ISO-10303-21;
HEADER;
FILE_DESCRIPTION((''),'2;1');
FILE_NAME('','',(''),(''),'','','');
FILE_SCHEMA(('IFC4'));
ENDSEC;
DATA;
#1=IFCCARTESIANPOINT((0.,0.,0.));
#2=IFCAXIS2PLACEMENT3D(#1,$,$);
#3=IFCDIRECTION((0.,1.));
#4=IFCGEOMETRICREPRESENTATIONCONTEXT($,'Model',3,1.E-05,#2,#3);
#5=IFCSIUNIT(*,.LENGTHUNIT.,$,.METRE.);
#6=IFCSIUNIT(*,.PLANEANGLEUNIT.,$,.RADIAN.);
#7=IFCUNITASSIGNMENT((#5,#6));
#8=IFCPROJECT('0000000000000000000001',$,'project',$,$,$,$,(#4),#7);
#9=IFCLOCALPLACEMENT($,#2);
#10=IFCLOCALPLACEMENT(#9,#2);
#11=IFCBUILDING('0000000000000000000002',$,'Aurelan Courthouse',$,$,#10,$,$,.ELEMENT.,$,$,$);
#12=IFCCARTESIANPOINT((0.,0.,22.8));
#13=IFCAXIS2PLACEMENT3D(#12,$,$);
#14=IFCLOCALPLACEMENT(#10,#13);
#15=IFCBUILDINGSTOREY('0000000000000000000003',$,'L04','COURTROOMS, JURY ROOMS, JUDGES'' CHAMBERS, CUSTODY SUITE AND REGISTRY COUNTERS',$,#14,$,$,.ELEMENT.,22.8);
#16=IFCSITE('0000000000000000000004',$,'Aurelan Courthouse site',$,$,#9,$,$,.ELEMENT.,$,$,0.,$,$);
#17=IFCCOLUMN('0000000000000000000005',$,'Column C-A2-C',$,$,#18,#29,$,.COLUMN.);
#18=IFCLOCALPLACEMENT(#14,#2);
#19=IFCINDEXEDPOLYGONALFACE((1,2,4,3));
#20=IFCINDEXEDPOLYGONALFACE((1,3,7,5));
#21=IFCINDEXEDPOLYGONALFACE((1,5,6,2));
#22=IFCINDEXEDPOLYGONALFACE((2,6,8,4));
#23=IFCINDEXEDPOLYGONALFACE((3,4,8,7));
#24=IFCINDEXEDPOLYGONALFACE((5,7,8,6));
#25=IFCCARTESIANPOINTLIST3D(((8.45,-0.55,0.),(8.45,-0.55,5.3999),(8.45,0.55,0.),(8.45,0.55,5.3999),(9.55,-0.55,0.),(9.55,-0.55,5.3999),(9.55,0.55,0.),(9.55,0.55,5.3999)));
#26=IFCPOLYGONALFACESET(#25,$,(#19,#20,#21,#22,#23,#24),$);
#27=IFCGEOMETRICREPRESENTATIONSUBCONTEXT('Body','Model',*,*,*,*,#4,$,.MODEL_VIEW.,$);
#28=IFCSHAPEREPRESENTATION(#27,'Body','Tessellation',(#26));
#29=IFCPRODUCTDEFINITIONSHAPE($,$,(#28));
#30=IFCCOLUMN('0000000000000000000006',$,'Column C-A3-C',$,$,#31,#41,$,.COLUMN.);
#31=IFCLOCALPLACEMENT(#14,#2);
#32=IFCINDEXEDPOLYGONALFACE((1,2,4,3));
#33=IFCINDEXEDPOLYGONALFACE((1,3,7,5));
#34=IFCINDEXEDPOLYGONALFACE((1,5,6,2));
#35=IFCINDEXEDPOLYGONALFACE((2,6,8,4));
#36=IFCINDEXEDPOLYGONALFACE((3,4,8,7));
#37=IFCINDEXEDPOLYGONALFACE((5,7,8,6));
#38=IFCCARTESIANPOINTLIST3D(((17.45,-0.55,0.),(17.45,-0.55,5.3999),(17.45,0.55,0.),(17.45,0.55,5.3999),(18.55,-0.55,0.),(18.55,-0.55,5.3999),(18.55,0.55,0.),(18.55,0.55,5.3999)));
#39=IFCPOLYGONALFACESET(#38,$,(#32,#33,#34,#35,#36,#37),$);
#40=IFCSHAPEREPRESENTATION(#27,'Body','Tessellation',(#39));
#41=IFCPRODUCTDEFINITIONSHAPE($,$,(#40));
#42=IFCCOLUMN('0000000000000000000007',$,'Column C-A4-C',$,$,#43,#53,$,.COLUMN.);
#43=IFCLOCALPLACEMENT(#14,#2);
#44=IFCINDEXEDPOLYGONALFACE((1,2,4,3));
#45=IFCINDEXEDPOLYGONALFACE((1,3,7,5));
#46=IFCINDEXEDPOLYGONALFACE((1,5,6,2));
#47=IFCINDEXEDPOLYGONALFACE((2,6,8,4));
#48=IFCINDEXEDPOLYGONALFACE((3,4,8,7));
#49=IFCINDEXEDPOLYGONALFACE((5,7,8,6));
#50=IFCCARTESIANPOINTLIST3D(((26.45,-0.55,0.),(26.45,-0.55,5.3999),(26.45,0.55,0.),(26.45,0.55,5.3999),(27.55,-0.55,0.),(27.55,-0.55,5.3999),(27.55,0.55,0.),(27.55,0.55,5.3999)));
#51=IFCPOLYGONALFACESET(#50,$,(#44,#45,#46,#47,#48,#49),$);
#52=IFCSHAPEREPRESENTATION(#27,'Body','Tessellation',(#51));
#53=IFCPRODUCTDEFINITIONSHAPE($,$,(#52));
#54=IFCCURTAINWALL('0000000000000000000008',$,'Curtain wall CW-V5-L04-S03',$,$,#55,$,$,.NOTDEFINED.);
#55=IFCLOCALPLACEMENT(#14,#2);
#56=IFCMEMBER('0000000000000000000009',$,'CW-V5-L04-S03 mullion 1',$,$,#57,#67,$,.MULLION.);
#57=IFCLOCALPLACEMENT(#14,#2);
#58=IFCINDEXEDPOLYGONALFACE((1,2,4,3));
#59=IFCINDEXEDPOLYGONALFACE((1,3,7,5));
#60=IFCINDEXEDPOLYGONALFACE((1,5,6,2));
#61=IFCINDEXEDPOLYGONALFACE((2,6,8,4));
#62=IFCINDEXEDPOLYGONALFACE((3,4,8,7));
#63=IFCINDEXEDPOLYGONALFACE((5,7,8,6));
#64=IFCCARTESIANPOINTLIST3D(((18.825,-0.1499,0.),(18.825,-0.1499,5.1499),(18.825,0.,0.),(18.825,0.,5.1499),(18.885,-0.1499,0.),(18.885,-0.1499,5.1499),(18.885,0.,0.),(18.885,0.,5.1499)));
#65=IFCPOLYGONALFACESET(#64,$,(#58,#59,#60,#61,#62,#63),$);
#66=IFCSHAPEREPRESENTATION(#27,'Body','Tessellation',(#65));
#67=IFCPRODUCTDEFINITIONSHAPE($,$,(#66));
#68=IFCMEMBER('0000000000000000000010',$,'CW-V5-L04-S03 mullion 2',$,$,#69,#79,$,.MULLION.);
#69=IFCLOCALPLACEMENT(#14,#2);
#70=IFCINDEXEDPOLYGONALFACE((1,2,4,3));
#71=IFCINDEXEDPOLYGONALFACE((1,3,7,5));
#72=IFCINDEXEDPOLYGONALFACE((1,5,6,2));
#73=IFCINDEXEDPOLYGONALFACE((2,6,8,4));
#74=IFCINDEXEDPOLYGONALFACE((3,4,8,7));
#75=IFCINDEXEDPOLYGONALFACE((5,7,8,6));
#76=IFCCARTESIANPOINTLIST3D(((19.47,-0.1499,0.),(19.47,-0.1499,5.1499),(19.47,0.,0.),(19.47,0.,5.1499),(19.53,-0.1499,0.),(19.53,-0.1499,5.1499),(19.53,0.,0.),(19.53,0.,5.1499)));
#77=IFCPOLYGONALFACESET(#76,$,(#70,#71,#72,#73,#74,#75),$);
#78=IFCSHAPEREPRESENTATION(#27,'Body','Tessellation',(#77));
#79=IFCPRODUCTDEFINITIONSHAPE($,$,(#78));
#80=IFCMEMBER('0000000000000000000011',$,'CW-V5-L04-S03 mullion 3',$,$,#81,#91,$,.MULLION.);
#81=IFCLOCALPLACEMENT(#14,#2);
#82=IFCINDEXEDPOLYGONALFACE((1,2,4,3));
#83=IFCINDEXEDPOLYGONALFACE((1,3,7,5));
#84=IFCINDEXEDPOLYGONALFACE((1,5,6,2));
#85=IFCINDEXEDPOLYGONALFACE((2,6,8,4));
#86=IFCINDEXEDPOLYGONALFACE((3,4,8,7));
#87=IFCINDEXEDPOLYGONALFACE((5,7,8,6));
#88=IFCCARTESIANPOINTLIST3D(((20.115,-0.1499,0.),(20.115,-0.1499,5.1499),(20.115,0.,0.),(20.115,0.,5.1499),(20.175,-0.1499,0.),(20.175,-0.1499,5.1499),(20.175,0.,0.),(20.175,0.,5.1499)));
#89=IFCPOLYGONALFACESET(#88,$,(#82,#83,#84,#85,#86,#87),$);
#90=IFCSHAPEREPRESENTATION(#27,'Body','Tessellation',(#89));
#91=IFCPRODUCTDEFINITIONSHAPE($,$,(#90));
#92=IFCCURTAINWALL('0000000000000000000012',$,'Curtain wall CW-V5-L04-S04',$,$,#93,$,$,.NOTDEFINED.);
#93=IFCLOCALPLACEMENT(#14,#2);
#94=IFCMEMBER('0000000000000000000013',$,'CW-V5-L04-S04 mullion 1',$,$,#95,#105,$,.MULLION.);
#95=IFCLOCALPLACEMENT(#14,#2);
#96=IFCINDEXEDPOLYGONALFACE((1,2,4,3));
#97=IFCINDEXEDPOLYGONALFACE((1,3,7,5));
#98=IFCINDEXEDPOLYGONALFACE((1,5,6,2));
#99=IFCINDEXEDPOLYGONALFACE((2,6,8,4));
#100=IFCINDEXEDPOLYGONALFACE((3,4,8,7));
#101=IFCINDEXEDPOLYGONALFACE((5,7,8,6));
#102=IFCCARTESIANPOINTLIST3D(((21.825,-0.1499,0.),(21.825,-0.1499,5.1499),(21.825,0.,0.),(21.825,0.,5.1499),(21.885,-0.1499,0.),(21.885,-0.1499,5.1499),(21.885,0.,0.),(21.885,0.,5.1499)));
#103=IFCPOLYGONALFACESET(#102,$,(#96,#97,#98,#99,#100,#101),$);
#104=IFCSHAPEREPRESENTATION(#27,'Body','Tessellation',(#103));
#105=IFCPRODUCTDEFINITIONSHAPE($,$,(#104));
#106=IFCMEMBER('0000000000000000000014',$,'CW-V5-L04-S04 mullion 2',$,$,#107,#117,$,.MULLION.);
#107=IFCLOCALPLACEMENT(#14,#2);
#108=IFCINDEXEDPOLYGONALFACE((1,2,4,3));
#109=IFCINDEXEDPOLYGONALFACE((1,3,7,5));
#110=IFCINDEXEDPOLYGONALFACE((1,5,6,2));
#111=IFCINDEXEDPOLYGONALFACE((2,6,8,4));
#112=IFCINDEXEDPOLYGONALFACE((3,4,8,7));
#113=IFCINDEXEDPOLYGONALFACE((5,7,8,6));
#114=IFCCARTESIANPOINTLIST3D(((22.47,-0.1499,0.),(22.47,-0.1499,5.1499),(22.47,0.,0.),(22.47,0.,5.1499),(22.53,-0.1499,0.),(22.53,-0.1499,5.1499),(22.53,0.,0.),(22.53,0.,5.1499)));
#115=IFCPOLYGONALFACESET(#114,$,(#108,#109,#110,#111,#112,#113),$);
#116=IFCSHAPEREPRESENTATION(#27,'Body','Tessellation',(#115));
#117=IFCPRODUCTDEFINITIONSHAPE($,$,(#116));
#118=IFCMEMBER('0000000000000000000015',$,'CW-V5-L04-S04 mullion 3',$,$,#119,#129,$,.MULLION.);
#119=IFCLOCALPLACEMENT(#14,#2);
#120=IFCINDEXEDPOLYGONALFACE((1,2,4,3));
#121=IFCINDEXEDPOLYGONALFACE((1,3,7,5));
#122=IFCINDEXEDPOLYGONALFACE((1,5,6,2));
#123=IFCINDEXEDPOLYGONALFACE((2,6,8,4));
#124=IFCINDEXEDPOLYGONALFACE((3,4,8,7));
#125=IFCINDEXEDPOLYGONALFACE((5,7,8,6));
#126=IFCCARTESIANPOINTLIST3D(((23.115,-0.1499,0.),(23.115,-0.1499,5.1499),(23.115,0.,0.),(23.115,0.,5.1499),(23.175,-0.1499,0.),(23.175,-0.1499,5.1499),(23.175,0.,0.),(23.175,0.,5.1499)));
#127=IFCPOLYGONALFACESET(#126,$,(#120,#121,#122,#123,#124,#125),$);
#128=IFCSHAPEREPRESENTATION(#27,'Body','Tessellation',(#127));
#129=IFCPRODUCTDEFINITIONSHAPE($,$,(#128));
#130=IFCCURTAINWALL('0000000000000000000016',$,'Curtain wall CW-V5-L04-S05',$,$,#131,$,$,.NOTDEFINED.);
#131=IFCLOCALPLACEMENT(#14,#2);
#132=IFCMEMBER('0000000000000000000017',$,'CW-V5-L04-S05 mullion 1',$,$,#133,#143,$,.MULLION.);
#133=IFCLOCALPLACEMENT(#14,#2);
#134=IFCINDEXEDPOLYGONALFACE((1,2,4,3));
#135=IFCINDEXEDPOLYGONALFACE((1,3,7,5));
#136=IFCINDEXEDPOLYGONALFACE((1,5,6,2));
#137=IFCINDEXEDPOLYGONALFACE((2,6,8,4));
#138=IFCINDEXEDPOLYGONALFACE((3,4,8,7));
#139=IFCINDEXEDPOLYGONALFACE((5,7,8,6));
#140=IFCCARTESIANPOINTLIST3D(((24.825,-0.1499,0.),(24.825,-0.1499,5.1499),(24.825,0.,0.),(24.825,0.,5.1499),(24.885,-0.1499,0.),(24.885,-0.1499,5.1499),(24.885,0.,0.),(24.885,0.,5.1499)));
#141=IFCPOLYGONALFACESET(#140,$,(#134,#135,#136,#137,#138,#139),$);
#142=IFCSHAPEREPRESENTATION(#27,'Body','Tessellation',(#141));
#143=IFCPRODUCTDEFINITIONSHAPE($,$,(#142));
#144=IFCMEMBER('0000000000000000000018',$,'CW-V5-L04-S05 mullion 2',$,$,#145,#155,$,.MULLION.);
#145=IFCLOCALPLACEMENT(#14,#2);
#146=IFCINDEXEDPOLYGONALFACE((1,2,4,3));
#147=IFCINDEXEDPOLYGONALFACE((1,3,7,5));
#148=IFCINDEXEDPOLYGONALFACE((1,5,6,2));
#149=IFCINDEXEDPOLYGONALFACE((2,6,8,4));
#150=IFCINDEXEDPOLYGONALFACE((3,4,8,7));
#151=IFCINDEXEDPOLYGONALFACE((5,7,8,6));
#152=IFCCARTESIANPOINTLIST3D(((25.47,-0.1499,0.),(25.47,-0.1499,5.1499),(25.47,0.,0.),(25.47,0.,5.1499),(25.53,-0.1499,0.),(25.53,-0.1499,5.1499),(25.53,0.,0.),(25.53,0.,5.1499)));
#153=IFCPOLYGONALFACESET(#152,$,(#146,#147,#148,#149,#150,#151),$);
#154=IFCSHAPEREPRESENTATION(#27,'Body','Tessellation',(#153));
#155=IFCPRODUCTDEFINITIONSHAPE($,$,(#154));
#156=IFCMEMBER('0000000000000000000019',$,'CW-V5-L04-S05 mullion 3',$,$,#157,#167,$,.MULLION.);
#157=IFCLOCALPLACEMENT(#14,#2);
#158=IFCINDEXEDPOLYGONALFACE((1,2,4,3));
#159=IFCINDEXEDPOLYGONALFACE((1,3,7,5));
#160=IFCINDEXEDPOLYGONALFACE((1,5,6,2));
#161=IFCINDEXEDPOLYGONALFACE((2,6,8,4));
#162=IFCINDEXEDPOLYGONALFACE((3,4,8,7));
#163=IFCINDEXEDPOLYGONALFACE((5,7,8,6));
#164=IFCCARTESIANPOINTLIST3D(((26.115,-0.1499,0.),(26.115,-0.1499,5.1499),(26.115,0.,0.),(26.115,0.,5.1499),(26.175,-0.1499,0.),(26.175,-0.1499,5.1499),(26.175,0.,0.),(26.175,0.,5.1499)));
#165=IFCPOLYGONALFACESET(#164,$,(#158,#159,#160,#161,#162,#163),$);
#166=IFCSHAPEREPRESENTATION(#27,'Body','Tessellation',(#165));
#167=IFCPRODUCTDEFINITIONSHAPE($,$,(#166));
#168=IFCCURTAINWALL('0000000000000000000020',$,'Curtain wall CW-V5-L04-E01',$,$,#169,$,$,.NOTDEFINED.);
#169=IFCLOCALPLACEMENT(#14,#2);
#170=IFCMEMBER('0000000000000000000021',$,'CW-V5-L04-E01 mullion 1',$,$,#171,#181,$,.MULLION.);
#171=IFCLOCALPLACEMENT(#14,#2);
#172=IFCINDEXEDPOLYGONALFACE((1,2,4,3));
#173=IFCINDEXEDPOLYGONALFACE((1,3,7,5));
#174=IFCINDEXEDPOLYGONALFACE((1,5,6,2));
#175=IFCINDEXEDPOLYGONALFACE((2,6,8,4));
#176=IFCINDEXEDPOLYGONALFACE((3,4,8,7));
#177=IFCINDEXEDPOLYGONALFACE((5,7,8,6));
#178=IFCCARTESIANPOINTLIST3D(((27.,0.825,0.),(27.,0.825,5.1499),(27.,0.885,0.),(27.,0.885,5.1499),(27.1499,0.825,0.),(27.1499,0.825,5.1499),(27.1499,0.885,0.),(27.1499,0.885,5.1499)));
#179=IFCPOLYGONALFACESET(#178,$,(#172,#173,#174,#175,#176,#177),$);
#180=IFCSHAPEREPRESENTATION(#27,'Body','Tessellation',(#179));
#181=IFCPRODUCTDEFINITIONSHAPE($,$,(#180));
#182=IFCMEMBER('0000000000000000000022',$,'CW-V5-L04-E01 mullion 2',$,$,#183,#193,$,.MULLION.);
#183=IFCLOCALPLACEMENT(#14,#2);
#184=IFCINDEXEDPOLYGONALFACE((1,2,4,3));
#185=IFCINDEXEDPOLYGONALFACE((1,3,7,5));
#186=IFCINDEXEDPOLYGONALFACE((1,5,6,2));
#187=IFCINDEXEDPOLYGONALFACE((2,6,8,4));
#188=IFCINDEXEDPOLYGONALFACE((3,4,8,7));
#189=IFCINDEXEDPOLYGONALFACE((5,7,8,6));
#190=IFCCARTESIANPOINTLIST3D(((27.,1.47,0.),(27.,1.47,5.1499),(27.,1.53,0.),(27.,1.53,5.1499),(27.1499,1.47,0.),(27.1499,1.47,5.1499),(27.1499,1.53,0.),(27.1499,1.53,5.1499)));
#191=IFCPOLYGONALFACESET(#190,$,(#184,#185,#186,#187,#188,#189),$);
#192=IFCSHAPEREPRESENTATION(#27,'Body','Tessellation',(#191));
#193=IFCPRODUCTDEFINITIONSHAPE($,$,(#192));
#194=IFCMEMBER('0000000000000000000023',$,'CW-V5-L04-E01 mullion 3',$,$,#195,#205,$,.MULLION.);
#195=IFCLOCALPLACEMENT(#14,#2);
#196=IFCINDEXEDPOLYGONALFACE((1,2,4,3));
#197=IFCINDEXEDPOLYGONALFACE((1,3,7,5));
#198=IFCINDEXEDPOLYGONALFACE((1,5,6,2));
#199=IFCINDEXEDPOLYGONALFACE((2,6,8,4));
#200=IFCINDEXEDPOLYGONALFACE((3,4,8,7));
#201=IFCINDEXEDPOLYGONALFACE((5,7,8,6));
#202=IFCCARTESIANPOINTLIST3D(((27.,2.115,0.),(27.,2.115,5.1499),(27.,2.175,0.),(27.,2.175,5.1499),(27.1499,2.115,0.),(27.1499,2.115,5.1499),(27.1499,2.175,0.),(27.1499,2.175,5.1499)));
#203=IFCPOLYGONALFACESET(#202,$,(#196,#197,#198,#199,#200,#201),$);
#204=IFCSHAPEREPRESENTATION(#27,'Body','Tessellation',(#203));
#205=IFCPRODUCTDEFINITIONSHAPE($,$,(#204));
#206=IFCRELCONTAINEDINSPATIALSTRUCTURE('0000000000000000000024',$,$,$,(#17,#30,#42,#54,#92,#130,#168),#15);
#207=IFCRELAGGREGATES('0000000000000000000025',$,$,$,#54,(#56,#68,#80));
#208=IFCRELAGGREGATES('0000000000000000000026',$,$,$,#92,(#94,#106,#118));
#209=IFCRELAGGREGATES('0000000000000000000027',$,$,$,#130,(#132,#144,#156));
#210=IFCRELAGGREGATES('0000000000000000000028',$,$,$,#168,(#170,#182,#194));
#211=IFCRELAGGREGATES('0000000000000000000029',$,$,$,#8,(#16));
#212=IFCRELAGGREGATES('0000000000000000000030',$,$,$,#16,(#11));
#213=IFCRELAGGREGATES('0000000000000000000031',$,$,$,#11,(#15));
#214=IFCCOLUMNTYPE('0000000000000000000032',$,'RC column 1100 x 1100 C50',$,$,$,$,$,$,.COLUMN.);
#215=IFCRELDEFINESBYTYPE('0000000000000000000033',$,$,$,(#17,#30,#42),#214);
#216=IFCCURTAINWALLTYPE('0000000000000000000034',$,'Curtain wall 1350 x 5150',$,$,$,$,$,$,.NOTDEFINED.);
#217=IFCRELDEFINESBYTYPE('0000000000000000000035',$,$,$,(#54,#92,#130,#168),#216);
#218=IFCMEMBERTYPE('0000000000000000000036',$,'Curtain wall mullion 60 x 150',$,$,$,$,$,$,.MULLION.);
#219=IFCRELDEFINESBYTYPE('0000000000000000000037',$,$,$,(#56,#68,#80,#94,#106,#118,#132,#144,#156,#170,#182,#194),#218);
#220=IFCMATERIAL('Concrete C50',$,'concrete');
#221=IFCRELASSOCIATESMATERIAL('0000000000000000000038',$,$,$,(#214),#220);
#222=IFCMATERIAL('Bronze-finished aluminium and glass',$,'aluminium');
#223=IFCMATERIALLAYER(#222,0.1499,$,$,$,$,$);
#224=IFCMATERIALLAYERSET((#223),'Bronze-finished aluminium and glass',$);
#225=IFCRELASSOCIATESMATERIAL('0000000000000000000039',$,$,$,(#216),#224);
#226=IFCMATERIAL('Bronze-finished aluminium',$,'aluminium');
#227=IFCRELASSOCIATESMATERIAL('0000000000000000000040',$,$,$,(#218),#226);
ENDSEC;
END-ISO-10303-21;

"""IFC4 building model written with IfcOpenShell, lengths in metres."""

from ifc_helpers import new_model, si_unit, direction, frame, origin, origin_2d, place, context, subcontext, project, spatial, rectangle, extrude, material, layer, layer_set, material_profile, profile_set, type_object, element, aggregate, save


model = new_model("IFC4")

# Units and contexts
model_context = context("Model", 3, precision=1e-05, world=origin(), true_north=direction((0.0, 1.0)))
body_context = subcontext(model_context, "Body", "Model", "MODEL_VIEW")
ifc_project = project(units=[si_unit("LENGTHUNIT", "METRE"), si_unit("PLANEANGLEUNIT", "RADIAN")], contexts=[model_context])

# Site, building, storey
site_placement = place(None, origin())
site = spatial("IfcSite", under=ifc_project, at=site_placement, Name="Aurelan Courthouse site", CompositionType="ELEMENT", RefElevation=0.0)
building_placement = place(site_placement, origin())
building = spatial("IfcBuilding", under=site, at=building_placement, Name="Aurelan Courthouse", CompositionType="ELEMENT")
storey_placement = place(building_placement, frame((0.0, 0.0, 22.8)))
storey = spatial("IfcBuildingStorey", under=building, at=storey_placement, Name="L04", Description="COURTROOMS, JURY ROOMS, JUDGES' CHAMBERS, CUSTODY SUITE AND REGISTRY COUNTERS", CompositionType="ELEMENT", Elevation=22.8)

# Columns
ifc_material_1 = material(Name="Concrete C50", Category="concrete")
ifc_material_profile_1 = material_profile(ifc_material_1, rectangle(XDim=1.1001, YDim=1.1001, at=origin_2d()), Name="RC 1100 x 1100")
ifc_profile_set_1 = profile_set([ifc_material_profile_1], Name="Concrete C50")
column_type = type_object("IfcColumnType", Name="RC column 1100 x 1100 C50", PredefinedType="COLUMN", material=ifc_profile_set_1)
for number, where, z_axis, x_axis, name in (
    (1, (9.0, 0.0, 0.0), (0.0, 0.0, 1.0), (1.0, 0.0, 0.0), "Column C-A2-C"),
    (2, (18.0, 0.0, 0.0), (0.0, 0.0, 1.0), (1.0, 0.0, 0.0), "Column C-A3-C"),
    (3, (27.0, 0.0, 0.0), (0.0, 0.0, 1.0), (1.0, 0.0, 0.0), "Column C-A4-C"),
):
    element("IfcColumn", number, at=place(storey_placement, frame(where, z_axis=z_axis, x_axis=x_axis)), inside=storey, type_object=column_type, Name=name, PredefinedType="COLUMN", context=body_context, shape_type="SweptSolid", body=[
        extrude(rectangle(XDim=1.1001, YDim=1.1001, at=origin_2d()), origin(), (0.0, 0.0, 1.0), 5.3999),
    ])

# Curtain walls, members
ifc_material_2 = material(Name="Bronze-finished aluminium and glass", Category="aluminium")
ifc_layer_1 = layer(ifc_material_2, 0.1499)
ifc_layer_set_1 = layer_set([ifc_layer_1], Name="Bronze-finished aluminium and glass")
curtain_wall_type = type_object("IfcCurtainWallType", Name="Curtain wall 1350 x 5150", PredefinedType="NOTDEFINED", material=ifc_layer_set_1)
curtain_wall_1_placement = place(storey_placement, origin())
curtain_wall_1 = element("IfcCurtainWall", 4, at=curtain_wall_1_placement, inside=storey, type_object=curtain_wall_type, Name="Curtain wall CW-V5-L04-S03", PredefinedType="NOTDEFINED")
ifc_material_3 = material(Name="Bronze-finished aluminium", Category="aluminium")
ifc_material_profile_2 = material_profile(ifc_material_3, rectangle(XDim=0.1499, YDim=0.0601, at=origin_2d()), Name="Bronze mullion 60 x 150")
ifc_profile_set_2 = profile_set([ifc_material_profile_2], Name="Bronze-finished aluminium")
member_type = type_object("IfcMemberType", Name="Curtain wall mullion 60 x 150", PredefinedType="MULLION", material=ifc_profile_set_2)
member_1_placement = place(storey_placement, frame((18.855, -0.075, 0.0), z_axis=(0.0, 0.0, 1.0), x_axis=(0.0, 1.0, 0.0)))
member_1 = element("IfcMember", 5, at=member_1_placement, type_object=member_type, Name="CW-V5-L04-S03 mullion 1", PredefinedType="MULLION", context=body_context, shape_type="SweptSolid", body=[
    extrude(rectangle(XDim=0.1499, YDim=0.0601, at=origin_2d()), origin(), (0.0, 0.0, 1.0), 5.1499),
])
member_2_placement = place(storey_placement, frame((19.5, -0.075, 0.0), z_axis=(0.0, 0.0, 1.0), x_axis=(0.0, 1.0, 0.0)))
member_2 = element("IfcMember", 6, at=member_2_placement, type_object=member_type, Name="CW-V5-L04-S03 mullion 2", PredefinedType="MULLION", context=body_context, shape_type="SweptSolid", body=[
    extrude(rectangle(XDim=0.1499, YDim=0.0601, at=origin_2d()), origin(), (0.0, 0.0, 1.0), 5.1499),
])
member_3_placement = place(storey_placement, frame((20.145, -0.075, 0.0), z_axis=(0.0, 0.0, 1.0), x_axis=(0.0, 1.0, 0.0)))
member_3 = element("IfcMember", 7, at=member_3_placement, type_object=member_type, Name="CW-V5-L04-S03 mullion 3", PredefinedType="MULLION", context=body_context, shape_type="SweptSolid", body=[
    extrude(rectangle(XDim=0.1499, YDim=0.0601, at=origin_2d()), origin(), (0.0, 0.0, 1.0), 5.1499),
])
aggregate(curtain_wall_1, [member_1, member_2, member_3])
curtain_wall_2_placement = place(storey_placement, origin())
curtain_wall_2 = element("IfcCurtainWall", 8, at=curtain_wall_2_placement, inside=storey, type_object=curtain_wall_type, Name="Curtain wall CW-V5-L04-S04", PredefinedType="NOTDEFINED")
member_4_placement = place(storey_placement, frame((21.855, -0.075, 0.0), z_axis=(0.0, 0.0, 1.0), x_axis=(0.0, 1.0, 0.0)))
member_4 = element("IfcMember", 9, at=member_4_placement, type_object=member_type, Name="CW-V5-L04-S04 mullion 1", PredefinedType="MULLION", context=body_context, shape_type="SweptSolid", body=[
    extrude(rectangle(XDim=0.1499, YDim=0.0601, at=origin_2d()), origin(), (0.0, 0.0, 1.0), 5.1499),
])
member_5_placement = place(storey_placement, frame((22.5, -0.075, 0.0), z_axis=(0.0, 0.0, 1.0), x_axis=(0.0, 1.0, 0.0)))
member_5 = element("IfcMember", 10, at=member_5_placement, type_object=member_type, Name="CW-V5-L04-S04 mullion 2", PredefinedType="MULLION", context=body_context, shape_type="SweptSolid", body=[
    extrude(rectangle(XDim=0.1499, YDim=0.0601, at=origin_2d()), origin(), (0.0, 0.0, 1.0), 5.1499),
])
member_6_placement = place(storey_placement, frame((23.145, -0.075, 0.0), z_axis=(0.0, 0.0, 1.0), x_axis=(0.0, 1.0, 0.0)))
member_6 = element("IfcMember", 11, at=member_6_placement, type_object=member_type, Name="CW-V5-L04-S04 mullion 3", PredefinedType="MULLION", context=body_context, shape_type="SweptSolid", body=[
    extrude(rectangle(XDim=0.1499, YDim=0.0601, at=origin_2d()), origin(), (0.0, 0.0, 1.0), 5.1499),
])
aggregate(curtain_wall_2, [member_4, member_5, member_6])
curtain_wall_3_placement = place(storey_placement, origin())
curtain_wall_3 = element("IfcCurtainWall", 12, at=curtain_wall_3_placement, inside=storey, type_object=curtain_wall_type, Name="Curtain wall CW-V5-L04-S05", PredefinedType="NOTDEFINED")
member_7_placement = place(storey_placement, frame((24.855, -0.075, 0.0), z_axis=(0.0, 0.0, 1.0), x_axis=(0.0, 1.0, 0.0)))
member_7 = element("IfcMember", 13, at=member_7_placement, type_object=member_type, Name="CW-V5-L04-S05 mullion 1", PredefinedType="MULLION", context=body_context, shape_type="SweptSolid", body=[
    extrude(rectangle(XDim=0.1499, YDim=0.0601, at=origin_2d()), origin(), (0.0, 0.0, 1.0), 5.1499),
])
member_8_placement = place(storey_placement, frame((25.5, -0.075, 0.0), z_axis=(0.0, 0.0, 1.0), x_axis=(0.0, 1.0, 0.0)))
member_8 = element("IfcMember", 14, at=member_8_placement, type_object=member_type, Name="CW-V5-L04-S05 mullion 2", PredefinedType="MULLION", context=body_context, shape_type="SweptSolid", body=[
    extrude(rectangle(XDim=0.1499, YDim=0.0601, at=origin_2d()), origin(), (0.0, 0.0, 1.0), 5.1499),
])
member_9_placement = place(storey_placement, frame((26.145, -0.075, 0.0), z_axis=(0.0, 0.0, 1.0), x_axis=(0.0, 1.0, 0.0)))
member_9 = element("IfcMember", 15, at=member_9_placement, type_object=member_type, Name="CW-V5-L04-S05 mullion 3", PredefinedType="MULLION", context=body_context, shape_type="SweptSolid", body=[
    extrude(rectangle(XDim=0.1499, YDim=0.0601, at=origin_2d()), origin(), (0.0, 0.0, 1.0), 5.1499),
])
aggregate(curtain_wall_3, [member_7, member_8, member_9])
curtain_wall_4_placement = place(storey_placement, origin())
curtain_wall_4 = element("IfcCurtainWall", 16, at=curtain_wall_4_placement, inside=storey, type_object=curtain_wall_type, Name="Curtain wall CW-V5-L04-E01", PredefinedType="NOTDEFINED")
member_10_placement = place(storey_placement, frame((27.075, 0.855, 0.0), z_axis=(0.0, 0.0, 1.0), x_axis=(-1.0, 0.0, 0.0)))
member_10 = element("IfcMember", 17, at=member_10_placement, type_object=member_type, Name="CW-V5-L04-E01 mullion 1", PredefinedType="MULLION", context=body_context, shape_type="SweptSolid", body=[
    extrude(rectangle(XDim=0.1499, YDim=0.0601, at=origin_2d()), origin(), (0.0, 0.0, 1.0), 5.1499),
])
member_11_placement = place(storey_placement, frame((27.075, 1.5, 0.0), z_axis=(0.0, 0.0, 1.0), x_axis=(-1.0, 0.0, 0.0)))
member_11 = element("IfcMember", 18, at=member_11_placement, type_object=member_type, Name="CW-V5-L04-E01 mullion 2", PredefinedType="MULLION", context=body_context, shape_type="SweptSolid", body=[
    extrude(rectangle(XDim=0.1499, YDim=0.0601, at=origin_2d()), origin(), (0.0, 0.0, 1.0), 5.1499),
])
member_12_placement = place(storey_placement, frame((27.075, 2.145, 0.0), z_axis=(0.0, 0.0, 1.0), x_axis=(-1.0, 0.0, 0.0)))
member_12 = element("IfcMember", 19, at=member_12_placement, type_object=member_type, Name="CW-V5-L04-E01 mullion 3", PredefinedType="MULLION", context=body_context, shape_type="SweptSolid", body=[
    extrude(rectangle(XDim=0.1499, YDim=0.0601, at=origin_2d()), origin(), (0.0, 0.0, 1.0), 5.1499),
])
aggregate(curtain_wall_4, [member_10, member_11, member_12])

save(model, "model.ifc")
